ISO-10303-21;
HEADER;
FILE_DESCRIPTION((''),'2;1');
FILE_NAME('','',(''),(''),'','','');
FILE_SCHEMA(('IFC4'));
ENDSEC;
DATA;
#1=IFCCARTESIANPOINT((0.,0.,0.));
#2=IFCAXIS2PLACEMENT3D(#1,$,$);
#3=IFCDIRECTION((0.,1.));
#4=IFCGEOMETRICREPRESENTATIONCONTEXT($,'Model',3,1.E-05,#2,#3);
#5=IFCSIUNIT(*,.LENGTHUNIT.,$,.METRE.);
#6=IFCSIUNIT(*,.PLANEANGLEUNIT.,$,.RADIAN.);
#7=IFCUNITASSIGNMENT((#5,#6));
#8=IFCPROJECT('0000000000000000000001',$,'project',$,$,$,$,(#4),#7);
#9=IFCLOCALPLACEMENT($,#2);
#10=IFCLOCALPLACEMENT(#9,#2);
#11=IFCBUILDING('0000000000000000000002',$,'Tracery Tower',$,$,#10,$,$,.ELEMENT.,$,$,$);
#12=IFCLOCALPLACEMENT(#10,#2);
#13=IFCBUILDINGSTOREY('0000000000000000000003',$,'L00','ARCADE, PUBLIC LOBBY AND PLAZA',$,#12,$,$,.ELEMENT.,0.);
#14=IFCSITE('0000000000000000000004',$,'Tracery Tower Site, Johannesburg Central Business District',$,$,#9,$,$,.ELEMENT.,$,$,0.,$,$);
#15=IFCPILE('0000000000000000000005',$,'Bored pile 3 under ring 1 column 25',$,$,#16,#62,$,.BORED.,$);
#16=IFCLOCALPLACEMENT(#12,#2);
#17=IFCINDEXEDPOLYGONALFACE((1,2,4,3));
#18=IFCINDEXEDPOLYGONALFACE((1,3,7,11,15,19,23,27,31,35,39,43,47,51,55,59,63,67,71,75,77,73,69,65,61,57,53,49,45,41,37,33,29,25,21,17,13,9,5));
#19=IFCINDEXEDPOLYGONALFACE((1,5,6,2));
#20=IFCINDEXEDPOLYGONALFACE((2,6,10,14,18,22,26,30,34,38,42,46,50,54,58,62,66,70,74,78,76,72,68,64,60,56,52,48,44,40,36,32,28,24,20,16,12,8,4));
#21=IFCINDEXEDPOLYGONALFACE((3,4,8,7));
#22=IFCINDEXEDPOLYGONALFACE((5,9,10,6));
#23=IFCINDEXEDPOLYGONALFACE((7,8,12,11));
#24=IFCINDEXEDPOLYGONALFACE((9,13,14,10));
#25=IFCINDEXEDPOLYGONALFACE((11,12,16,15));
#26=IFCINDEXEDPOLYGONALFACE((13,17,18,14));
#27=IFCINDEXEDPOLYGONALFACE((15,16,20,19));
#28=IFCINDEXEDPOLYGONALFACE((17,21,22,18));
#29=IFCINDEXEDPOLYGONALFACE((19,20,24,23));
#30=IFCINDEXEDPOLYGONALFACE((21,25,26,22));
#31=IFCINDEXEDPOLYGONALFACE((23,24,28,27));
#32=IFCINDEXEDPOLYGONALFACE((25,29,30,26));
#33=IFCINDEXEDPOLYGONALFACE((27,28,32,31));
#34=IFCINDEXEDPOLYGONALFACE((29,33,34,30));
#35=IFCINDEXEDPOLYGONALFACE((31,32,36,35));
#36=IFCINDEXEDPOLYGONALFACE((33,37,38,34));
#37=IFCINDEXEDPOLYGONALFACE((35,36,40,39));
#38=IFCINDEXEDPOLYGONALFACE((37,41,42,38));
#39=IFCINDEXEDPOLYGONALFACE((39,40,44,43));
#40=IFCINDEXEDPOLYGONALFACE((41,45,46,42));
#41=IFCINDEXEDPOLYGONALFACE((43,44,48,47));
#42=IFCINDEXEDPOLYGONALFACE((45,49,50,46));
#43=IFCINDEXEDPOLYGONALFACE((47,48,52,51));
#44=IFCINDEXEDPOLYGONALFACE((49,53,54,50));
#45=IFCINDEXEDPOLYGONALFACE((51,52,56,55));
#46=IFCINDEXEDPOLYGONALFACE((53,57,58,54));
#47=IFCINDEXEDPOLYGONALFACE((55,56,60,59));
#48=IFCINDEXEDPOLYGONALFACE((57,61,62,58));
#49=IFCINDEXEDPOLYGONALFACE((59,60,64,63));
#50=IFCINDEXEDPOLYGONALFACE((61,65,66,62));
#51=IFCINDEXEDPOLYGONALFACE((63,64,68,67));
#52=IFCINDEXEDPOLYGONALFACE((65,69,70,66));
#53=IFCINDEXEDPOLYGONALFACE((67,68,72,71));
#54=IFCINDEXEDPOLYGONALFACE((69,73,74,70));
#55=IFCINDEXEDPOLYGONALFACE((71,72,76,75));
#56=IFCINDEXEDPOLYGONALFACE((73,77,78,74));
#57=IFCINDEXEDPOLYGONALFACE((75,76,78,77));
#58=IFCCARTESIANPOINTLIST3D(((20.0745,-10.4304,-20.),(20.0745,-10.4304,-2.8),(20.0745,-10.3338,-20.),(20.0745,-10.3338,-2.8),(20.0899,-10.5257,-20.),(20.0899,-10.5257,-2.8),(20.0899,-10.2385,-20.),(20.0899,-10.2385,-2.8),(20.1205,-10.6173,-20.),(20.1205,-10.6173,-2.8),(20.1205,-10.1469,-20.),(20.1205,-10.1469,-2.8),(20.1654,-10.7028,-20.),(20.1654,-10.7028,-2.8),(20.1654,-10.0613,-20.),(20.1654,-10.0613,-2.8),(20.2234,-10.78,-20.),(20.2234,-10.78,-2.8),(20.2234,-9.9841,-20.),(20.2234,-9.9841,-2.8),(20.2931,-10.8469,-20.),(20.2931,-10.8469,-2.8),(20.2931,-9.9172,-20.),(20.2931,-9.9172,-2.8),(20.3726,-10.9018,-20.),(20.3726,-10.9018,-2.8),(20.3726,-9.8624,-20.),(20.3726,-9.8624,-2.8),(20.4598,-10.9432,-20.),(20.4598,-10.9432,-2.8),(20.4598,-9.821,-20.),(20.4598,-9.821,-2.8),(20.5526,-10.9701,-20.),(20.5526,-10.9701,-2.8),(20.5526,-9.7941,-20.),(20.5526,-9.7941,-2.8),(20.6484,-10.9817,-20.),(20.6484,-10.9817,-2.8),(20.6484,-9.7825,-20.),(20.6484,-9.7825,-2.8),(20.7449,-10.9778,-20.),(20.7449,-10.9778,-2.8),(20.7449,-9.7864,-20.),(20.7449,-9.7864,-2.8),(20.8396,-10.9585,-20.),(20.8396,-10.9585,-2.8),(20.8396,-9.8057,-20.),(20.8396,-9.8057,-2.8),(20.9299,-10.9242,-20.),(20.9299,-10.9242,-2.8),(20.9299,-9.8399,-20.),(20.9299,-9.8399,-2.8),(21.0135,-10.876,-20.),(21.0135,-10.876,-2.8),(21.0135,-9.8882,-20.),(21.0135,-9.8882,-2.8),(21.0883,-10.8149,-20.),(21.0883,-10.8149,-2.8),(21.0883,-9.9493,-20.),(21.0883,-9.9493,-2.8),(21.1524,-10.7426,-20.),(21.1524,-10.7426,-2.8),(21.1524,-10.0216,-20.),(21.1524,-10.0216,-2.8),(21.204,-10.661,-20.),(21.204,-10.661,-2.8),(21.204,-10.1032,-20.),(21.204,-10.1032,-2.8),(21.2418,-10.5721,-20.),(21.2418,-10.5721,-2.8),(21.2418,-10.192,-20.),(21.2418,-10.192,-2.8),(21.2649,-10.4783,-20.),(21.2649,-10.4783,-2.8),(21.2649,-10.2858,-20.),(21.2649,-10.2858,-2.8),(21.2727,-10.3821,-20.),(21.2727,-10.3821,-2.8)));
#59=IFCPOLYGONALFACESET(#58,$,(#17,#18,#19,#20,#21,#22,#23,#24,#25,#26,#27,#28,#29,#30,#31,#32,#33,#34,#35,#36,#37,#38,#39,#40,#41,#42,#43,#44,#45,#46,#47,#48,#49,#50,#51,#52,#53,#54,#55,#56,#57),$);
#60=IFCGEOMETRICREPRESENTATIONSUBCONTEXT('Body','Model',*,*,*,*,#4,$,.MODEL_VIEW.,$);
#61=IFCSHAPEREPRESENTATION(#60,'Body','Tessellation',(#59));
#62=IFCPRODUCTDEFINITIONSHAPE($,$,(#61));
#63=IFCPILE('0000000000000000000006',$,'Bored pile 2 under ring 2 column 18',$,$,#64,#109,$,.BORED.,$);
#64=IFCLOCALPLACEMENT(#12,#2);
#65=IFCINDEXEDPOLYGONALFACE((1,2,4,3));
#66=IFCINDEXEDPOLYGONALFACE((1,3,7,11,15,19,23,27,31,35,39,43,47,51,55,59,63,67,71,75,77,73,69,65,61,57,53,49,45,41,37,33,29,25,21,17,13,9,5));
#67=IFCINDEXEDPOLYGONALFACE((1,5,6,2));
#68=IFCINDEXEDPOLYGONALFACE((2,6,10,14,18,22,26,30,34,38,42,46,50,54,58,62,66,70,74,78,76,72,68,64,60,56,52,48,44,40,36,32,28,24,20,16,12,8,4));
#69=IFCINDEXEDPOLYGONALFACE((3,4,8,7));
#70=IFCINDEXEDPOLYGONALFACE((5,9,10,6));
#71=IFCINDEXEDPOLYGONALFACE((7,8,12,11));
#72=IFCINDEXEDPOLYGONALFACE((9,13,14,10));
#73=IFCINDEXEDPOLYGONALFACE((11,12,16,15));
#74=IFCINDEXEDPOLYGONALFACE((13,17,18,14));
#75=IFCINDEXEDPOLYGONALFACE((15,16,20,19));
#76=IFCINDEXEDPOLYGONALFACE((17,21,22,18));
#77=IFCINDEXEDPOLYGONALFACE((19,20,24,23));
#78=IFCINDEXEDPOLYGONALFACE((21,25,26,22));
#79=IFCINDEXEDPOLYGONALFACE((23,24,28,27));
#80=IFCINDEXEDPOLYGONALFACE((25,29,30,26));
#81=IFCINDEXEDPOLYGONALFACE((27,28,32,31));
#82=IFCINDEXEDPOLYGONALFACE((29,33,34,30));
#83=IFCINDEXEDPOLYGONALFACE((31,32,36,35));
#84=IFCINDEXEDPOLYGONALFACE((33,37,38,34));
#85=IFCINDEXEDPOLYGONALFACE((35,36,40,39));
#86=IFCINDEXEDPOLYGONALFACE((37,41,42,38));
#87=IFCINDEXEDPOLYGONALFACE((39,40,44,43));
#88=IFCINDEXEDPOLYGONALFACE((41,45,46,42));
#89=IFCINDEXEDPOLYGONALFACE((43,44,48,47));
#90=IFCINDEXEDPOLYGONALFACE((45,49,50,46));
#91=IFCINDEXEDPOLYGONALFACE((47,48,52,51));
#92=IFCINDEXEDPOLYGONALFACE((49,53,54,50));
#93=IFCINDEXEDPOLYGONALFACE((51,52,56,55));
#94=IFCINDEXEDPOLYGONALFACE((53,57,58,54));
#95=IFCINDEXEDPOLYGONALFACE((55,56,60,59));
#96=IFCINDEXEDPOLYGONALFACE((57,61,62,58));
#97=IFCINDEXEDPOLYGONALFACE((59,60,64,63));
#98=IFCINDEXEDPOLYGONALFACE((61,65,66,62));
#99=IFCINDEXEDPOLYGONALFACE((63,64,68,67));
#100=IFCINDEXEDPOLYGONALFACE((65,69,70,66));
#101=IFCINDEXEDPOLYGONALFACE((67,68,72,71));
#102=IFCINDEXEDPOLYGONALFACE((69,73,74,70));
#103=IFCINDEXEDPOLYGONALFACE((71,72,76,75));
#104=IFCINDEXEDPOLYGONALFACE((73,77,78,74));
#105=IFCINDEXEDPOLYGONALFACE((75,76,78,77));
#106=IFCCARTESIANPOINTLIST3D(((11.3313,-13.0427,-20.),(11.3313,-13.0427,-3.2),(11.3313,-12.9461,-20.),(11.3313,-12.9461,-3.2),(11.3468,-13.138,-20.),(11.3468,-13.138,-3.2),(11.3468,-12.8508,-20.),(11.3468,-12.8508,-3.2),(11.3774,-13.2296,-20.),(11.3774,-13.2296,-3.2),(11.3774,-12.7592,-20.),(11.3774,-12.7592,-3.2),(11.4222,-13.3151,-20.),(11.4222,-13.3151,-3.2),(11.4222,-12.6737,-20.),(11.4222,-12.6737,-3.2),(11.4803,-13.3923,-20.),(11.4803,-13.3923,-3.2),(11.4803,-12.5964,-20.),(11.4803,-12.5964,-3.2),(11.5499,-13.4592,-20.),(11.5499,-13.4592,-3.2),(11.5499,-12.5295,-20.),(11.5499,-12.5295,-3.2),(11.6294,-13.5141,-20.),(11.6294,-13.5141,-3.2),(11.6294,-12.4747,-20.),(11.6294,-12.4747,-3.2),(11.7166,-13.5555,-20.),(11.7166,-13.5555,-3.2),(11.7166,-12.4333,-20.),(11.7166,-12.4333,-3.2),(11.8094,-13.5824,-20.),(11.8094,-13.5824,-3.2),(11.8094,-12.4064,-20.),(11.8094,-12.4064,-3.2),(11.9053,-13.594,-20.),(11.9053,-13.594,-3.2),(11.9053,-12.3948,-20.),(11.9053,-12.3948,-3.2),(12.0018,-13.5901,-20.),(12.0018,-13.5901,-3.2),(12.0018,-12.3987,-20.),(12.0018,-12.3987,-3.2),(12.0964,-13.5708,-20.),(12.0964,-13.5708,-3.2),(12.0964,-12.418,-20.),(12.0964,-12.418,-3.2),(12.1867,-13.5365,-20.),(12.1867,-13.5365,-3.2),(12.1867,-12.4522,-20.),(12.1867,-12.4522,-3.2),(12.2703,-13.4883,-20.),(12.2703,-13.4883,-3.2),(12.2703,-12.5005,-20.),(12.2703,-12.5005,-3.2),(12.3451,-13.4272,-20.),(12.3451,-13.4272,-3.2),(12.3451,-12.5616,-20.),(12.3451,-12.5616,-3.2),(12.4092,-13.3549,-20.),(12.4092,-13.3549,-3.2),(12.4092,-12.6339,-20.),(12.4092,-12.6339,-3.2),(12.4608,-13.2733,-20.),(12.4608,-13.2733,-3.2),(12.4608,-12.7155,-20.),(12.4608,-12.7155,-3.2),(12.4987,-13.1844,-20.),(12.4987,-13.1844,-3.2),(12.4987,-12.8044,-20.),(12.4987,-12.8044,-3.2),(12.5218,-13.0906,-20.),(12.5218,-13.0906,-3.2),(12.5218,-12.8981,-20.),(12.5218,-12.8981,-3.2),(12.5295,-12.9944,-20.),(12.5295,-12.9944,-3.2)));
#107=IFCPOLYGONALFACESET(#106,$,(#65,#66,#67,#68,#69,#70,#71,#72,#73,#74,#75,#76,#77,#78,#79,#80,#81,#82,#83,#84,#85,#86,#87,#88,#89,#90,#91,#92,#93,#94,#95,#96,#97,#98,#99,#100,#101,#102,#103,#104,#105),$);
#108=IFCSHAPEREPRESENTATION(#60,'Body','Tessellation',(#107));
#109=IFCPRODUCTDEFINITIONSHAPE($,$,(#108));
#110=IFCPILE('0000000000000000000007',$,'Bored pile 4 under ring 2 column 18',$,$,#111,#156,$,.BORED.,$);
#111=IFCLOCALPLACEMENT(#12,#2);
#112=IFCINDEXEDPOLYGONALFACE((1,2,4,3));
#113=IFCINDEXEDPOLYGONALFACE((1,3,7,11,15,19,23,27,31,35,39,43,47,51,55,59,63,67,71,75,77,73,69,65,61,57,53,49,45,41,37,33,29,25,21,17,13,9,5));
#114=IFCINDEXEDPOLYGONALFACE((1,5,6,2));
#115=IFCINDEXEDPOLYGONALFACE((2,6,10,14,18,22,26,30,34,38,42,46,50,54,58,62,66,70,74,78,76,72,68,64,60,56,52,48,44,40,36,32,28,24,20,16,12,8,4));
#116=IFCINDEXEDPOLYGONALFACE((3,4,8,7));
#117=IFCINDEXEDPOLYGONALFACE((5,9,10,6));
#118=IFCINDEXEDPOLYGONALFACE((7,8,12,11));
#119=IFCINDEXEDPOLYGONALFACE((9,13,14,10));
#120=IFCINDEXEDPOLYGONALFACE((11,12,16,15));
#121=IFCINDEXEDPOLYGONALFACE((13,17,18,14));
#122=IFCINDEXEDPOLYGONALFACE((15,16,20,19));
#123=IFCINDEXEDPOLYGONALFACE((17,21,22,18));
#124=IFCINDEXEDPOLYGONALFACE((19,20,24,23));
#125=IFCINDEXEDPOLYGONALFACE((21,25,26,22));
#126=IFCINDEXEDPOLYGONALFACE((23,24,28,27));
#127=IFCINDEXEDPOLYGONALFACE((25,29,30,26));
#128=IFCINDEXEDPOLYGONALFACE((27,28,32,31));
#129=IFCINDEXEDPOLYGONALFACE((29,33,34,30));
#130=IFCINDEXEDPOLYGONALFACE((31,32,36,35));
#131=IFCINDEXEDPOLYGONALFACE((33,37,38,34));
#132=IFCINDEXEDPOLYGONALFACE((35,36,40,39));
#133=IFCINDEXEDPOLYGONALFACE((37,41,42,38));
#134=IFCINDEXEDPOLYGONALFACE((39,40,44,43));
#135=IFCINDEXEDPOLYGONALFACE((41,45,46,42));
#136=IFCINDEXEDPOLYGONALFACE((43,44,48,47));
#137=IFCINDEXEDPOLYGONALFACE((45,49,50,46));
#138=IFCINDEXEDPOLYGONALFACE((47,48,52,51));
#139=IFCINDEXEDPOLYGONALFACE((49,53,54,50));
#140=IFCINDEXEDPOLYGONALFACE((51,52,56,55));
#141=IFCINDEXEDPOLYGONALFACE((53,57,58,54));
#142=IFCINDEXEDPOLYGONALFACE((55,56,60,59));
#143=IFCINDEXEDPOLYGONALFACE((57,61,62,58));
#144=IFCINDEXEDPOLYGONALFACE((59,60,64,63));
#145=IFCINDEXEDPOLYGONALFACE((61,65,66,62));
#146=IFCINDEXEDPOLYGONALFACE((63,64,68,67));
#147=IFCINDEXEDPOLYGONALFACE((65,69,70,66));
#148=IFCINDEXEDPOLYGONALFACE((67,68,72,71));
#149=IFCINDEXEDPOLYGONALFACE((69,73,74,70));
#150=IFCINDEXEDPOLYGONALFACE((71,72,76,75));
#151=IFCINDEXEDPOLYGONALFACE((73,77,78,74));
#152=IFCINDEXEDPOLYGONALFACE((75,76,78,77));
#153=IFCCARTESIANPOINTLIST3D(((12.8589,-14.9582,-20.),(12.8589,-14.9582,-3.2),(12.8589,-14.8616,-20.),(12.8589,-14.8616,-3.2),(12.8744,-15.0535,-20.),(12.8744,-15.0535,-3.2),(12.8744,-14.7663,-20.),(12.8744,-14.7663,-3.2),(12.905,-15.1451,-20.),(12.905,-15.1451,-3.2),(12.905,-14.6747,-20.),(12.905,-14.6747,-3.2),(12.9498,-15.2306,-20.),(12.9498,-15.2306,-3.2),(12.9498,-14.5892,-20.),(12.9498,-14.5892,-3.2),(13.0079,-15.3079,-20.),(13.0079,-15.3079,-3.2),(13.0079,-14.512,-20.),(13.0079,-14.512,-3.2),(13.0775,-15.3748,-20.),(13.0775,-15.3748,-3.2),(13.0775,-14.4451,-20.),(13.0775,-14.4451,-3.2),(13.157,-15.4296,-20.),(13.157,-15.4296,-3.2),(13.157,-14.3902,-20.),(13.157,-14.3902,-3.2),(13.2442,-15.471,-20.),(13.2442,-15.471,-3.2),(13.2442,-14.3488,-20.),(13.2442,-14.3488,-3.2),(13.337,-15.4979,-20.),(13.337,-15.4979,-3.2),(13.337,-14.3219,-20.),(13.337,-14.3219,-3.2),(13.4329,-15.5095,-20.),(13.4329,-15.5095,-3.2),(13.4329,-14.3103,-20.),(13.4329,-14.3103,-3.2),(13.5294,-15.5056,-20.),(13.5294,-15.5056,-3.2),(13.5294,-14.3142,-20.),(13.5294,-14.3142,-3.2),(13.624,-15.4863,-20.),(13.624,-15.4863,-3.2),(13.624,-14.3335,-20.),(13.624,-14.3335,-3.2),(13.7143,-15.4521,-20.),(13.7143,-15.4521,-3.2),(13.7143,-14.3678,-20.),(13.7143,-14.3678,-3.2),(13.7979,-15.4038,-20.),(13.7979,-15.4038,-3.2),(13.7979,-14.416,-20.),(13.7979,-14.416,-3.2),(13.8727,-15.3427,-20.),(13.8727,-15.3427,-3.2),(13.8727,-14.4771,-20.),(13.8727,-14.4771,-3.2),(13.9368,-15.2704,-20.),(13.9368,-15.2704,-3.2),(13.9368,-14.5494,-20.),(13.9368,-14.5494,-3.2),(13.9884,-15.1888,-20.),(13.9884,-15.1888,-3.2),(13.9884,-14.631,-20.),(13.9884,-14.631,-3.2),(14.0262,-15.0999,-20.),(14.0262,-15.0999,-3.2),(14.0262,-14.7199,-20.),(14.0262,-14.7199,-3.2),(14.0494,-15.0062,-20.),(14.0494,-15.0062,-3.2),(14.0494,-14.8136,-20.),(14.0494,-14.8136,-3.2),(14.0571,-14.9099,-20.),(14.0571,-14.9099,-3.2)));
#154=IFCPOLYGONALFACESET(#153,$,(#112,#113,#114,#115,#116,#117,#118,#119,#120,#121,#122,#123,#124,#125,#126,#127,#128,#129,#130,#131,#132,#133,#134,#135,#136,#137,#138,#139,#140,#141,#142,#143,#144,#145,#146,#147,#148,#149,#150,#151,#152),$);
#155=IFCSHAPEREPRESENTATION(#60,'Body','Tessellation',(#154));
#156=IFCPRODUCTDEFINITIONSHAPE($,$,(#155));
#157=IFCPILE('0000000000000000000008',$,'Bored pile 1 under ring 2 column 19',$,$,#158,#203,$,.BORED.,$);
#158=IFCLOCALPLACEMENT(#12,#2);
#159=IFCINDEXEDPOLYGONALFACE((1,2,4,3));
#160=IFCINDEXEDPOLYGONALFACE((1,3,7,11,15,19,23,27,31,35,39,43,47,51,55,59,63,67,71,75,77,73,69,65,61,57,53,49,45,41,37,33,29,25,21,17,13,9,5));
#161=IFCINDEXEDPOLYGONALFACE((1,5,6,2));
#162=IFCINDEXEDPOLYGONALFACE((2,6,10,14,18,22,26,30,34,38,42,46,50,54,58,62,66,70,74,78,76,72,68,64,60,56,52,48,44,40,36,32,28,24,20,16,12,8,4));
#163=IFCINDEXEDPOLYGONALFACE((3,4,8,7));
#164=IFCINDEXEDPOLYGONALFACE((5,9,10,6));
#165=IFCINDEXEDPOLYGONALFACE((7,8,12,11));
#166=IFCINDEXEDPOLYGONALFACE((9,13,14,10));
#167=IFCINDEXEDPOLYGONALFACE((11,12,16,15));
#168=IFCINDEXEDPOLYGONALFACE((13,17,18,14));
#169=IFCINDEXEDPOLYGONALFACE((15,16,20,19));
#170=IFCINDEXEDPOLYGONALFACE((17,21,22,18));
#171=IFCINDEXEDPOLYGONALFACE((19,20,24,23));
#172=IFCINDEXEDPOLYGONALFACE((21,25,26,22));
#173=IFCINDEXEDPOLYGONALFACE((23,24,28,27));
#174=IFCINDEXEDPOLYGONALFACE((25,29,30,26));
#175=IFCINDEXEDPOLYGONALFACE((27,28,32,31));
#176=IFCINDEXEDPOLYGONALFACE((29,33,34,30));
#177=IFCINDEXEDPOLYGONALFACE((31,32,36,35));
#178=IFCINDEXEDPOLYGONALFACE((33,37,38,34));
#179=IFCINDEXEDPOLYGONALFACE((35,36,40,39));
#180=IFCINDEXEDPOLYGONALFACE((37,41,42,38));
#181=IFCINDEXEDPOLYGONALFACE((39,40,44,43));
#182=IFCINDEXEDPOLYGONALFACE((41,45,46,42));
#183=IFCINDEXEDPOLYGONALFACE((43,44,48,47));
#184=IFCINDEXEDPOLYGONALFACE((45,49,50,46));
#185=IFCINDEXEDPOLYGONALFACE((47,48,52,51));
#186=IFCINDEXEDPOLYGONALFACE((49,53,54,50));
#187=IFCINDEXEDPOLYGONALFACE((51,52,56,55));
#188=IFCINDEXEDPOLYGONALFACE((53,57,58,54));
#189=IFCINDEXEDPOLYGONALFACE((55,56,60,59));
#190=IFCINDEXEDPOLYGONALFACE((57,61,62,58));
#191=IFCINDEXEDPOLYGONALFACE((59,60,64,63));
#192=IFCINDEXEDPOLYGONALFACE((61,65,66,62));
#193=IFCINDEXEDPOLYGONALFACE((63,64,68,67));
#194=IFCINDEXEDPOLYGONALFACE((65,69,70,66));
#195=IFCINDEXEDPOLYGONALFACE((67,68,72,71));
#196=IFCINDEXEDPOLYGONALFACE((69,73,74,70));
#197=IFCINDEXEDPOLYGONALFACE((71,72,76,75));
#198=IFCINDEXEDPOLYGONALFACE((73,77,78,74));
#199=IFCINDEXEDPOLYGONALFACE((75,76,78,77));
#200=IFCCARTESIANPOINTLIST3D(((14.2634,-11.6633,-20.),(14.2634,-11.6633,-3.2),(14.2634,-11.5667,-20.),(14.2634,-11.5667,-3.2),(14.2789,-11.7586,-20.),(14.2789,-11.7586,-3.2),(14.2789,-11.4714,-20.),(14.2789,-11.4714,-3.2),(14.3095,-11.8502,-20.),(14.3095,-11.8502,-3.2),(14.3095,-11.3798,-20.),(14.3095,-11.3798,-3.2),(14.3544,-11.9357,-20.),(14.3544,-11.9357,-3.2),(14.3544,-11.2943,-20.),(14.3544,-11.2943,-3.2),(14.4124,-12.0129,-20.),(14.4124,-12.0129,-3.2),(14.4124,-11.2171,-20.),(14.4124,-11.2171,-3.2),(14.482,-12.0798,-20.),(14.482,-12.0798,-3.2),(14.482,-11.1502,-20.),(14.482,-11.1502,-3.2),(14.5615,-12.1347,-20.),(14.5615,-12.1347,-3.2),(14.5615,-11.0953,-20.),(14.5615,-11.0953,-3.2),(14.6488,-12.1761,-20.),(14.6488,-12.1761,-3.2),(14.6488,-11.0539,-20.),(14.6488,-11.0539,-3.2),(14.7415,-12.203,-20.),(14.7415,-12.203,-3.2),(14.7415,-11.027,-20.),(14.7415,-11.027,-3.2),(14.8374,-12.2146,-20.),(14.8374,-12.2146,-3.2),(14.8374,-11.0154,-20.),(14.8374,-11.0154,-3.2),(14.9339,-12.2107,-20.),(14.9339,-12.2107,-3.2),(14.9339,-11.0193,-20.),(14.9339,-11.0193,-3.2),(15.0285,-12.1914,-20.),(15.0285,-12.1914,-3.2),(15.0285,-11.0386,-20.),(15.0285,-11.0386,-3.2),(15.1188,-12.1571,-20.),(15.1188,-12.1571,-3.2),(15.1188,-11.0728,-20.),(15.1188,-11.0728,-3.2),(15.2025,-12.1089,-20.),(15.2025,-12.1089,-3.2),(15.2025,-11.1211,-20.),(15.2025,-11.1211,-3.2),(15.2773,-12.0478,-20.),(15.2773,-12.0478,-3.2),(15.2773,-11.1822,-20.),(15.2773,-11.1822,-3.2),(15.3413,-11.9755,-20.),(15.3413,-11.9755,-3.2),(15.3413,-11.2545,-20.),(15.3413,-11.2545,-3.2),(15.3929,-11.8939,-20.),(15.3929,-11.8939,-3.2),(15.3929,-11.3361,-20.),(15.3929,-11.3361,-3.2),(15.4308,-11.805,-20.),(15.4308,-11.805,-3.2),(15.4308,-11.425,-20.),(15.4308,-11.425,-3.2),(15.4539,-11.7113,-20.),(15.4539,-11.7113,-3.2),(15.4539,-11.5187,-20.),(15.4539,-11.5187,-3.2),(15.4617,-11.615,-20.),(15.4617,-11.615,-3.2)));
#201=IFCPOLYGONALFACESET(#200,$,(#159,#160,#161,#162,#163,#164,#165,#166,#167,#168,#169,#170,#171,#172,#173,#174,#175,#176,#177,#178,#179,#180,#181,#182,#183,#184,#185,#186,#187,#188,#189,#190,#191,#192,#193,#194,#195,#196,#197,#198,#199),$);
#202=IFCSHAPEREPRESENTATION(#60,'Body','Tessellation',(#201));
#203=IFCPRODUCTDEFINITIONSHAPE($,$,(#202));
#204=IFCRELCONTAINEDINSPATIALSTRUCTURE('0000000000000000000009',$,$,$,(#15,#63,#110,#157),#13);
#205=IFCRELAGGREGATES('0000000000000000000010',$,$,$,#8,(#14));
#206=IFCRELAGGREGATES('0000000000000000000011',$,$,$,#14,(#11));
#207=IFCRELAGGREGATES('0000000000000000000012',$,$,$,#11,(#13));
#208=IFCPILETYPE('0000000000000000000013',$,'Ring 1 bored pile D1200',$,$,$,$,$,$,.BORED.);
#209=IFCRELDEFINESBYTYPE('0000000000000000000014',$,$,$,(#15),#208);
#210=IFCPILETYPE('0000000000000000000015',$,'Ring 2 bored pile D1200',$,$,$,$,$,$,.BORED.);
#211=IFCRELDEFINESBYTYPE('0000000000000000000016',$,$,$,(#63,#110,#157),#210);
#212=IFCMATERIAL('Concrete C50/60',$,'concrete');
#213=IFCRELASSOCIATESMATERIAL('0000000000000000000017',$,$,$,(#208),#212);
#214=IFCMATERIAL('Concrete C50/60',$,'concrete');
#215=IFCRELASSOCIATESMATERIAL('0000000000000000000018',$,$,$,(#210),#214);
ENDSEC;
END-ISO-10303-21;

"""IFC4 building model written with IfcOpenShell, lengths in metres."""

from ifc_helpers import new_model, si_unit, direction, frame, origin, origin_2d, place, context, subcontext, project, spatial, circle, extrude, material, material_profile, profile_set, type_object, element, save


model = new_model("IFC4")

# Units and contexts
model_context = context("Model", 3, precision=1e-05, world=origin(), true_north=direction((0.0, 1.0)))
body_context = subcontext(model_context, "Body", "Model", "MODEL_VIEW")
ifc_project = project(units=[si_unit("LENGTHUNIT", "METRE"), si_unit("PLANEANGLEUNIT", "RADIAN")], contexts=[model_context])

# Site, building, storey
site_placement = place(None, origin())
site = spatial("IfcSite", under=ifc_project, at=site_placement, Name="Tracery Tower Site, Johannesburg Central Business District", CompositionType="ELEMENT", RefElevation=0.0)
building_placement = place(site_placement, origin())
building = spatial("IfcBuilding", under=site, at=building_placement, Name="Tracery Tower", CompositionType="ELEMENT")
storey_placement = place(building_placement, origin())
storey = spatial("IfcBuildingStorey", under=building, at=storey_placement, Name="L00", Description="ARCADE, PUBLIC LOBBY AND PLAZA", CompositionType="ELEMENT", Elevation=0.0)

# Piles
ifc_material_1 = material(Name="Concrete C50/60", Category="concrete")
ifc_material_profile_1 = material_profile(ifc_material_1, circle(Radius=0.6001, at=origin_2d()), Name="RC D1200")
ifc_profile_set_1 = profile_set([ifc_material_profile_1], Name="Concrete C50/60")
pile_type_1 = type_object("IfcPileType", Name="Ring 1 bored pile D1200", PredefinedType="BORED", material=ifc_profile_set_1)
for number, where, z_axis, x_axis, name in (
    (1, (20.6726, -10.3821, -2.8), (0.0, 0.0, -1.0), (1.0, 0.0, 0.0), "Bored pile 3 under ring 1 column 25"),
):
    element("IfcPile", number, at=place(storey_placement, frame(where, z_axis=z_axis, x_axis=x_axis)), inside=storey, type_object=pile_type_1, Name=name, PredefinedType="BORED", context=body_context, shape_type="SweptSolid", body=[
        extrude(circle(Radius=0.6001, at=origin_2d()), origin(), (0.0, 0.0, 1.0), 17.2),
    ])
ifc_material_2 = material(Name="Concrete C50/60", Category="concrete")
ifc_material_profile_2 = material_profile(ifc_material_2, circle(Radius=0.6001, at=origin_2d()), Name="RC D1200")
ifc_profile_set_2 = profile_set([ifc_material_profile_2], Name="Concrete C50/60")
pile_type_2 = type_object("IfcPileType", Name="Ring 2 bored pile D1200", PredefinedType="BORED", material=ifc_profile_set_2)
for number, where, z_axis, x_axis, name in (
    (2, (11.9294, -12.9944, -3.2), (0.0, 0.0, -1.0), (1.0, 0.0, 0.0), "Bored pile 2 under ring 2 column 18"),
    (3, (13.457, -14.9099, -3.2), (0.0, 0.0, -1.0), (1.0, 0.0, 0.0), "Bored pile 4 under ring 2 column 18"),
    (4, (14.8616, -11.615, -3.2), (0.0, 0.0, -1.0), (1.0, 0.0, 0.0), "Bored pile 1 under ring 2 column 19"),
):
    element("IfcPile", number, at=place(storey_placement, frame(where, z_axis=z_axis, x_axis=x_axis)), inside=storey, type_object=pile_type_2, Name=name, PredefinedType="BORED", context=body_context, shape_type="SweptSolid", body=[
        extrude(circle(Radius=0.6001, at=origin_2d()), origin(), (0.0, 0.0, 1.0), 16.8),
    ])

save(model, "model.ifc")
